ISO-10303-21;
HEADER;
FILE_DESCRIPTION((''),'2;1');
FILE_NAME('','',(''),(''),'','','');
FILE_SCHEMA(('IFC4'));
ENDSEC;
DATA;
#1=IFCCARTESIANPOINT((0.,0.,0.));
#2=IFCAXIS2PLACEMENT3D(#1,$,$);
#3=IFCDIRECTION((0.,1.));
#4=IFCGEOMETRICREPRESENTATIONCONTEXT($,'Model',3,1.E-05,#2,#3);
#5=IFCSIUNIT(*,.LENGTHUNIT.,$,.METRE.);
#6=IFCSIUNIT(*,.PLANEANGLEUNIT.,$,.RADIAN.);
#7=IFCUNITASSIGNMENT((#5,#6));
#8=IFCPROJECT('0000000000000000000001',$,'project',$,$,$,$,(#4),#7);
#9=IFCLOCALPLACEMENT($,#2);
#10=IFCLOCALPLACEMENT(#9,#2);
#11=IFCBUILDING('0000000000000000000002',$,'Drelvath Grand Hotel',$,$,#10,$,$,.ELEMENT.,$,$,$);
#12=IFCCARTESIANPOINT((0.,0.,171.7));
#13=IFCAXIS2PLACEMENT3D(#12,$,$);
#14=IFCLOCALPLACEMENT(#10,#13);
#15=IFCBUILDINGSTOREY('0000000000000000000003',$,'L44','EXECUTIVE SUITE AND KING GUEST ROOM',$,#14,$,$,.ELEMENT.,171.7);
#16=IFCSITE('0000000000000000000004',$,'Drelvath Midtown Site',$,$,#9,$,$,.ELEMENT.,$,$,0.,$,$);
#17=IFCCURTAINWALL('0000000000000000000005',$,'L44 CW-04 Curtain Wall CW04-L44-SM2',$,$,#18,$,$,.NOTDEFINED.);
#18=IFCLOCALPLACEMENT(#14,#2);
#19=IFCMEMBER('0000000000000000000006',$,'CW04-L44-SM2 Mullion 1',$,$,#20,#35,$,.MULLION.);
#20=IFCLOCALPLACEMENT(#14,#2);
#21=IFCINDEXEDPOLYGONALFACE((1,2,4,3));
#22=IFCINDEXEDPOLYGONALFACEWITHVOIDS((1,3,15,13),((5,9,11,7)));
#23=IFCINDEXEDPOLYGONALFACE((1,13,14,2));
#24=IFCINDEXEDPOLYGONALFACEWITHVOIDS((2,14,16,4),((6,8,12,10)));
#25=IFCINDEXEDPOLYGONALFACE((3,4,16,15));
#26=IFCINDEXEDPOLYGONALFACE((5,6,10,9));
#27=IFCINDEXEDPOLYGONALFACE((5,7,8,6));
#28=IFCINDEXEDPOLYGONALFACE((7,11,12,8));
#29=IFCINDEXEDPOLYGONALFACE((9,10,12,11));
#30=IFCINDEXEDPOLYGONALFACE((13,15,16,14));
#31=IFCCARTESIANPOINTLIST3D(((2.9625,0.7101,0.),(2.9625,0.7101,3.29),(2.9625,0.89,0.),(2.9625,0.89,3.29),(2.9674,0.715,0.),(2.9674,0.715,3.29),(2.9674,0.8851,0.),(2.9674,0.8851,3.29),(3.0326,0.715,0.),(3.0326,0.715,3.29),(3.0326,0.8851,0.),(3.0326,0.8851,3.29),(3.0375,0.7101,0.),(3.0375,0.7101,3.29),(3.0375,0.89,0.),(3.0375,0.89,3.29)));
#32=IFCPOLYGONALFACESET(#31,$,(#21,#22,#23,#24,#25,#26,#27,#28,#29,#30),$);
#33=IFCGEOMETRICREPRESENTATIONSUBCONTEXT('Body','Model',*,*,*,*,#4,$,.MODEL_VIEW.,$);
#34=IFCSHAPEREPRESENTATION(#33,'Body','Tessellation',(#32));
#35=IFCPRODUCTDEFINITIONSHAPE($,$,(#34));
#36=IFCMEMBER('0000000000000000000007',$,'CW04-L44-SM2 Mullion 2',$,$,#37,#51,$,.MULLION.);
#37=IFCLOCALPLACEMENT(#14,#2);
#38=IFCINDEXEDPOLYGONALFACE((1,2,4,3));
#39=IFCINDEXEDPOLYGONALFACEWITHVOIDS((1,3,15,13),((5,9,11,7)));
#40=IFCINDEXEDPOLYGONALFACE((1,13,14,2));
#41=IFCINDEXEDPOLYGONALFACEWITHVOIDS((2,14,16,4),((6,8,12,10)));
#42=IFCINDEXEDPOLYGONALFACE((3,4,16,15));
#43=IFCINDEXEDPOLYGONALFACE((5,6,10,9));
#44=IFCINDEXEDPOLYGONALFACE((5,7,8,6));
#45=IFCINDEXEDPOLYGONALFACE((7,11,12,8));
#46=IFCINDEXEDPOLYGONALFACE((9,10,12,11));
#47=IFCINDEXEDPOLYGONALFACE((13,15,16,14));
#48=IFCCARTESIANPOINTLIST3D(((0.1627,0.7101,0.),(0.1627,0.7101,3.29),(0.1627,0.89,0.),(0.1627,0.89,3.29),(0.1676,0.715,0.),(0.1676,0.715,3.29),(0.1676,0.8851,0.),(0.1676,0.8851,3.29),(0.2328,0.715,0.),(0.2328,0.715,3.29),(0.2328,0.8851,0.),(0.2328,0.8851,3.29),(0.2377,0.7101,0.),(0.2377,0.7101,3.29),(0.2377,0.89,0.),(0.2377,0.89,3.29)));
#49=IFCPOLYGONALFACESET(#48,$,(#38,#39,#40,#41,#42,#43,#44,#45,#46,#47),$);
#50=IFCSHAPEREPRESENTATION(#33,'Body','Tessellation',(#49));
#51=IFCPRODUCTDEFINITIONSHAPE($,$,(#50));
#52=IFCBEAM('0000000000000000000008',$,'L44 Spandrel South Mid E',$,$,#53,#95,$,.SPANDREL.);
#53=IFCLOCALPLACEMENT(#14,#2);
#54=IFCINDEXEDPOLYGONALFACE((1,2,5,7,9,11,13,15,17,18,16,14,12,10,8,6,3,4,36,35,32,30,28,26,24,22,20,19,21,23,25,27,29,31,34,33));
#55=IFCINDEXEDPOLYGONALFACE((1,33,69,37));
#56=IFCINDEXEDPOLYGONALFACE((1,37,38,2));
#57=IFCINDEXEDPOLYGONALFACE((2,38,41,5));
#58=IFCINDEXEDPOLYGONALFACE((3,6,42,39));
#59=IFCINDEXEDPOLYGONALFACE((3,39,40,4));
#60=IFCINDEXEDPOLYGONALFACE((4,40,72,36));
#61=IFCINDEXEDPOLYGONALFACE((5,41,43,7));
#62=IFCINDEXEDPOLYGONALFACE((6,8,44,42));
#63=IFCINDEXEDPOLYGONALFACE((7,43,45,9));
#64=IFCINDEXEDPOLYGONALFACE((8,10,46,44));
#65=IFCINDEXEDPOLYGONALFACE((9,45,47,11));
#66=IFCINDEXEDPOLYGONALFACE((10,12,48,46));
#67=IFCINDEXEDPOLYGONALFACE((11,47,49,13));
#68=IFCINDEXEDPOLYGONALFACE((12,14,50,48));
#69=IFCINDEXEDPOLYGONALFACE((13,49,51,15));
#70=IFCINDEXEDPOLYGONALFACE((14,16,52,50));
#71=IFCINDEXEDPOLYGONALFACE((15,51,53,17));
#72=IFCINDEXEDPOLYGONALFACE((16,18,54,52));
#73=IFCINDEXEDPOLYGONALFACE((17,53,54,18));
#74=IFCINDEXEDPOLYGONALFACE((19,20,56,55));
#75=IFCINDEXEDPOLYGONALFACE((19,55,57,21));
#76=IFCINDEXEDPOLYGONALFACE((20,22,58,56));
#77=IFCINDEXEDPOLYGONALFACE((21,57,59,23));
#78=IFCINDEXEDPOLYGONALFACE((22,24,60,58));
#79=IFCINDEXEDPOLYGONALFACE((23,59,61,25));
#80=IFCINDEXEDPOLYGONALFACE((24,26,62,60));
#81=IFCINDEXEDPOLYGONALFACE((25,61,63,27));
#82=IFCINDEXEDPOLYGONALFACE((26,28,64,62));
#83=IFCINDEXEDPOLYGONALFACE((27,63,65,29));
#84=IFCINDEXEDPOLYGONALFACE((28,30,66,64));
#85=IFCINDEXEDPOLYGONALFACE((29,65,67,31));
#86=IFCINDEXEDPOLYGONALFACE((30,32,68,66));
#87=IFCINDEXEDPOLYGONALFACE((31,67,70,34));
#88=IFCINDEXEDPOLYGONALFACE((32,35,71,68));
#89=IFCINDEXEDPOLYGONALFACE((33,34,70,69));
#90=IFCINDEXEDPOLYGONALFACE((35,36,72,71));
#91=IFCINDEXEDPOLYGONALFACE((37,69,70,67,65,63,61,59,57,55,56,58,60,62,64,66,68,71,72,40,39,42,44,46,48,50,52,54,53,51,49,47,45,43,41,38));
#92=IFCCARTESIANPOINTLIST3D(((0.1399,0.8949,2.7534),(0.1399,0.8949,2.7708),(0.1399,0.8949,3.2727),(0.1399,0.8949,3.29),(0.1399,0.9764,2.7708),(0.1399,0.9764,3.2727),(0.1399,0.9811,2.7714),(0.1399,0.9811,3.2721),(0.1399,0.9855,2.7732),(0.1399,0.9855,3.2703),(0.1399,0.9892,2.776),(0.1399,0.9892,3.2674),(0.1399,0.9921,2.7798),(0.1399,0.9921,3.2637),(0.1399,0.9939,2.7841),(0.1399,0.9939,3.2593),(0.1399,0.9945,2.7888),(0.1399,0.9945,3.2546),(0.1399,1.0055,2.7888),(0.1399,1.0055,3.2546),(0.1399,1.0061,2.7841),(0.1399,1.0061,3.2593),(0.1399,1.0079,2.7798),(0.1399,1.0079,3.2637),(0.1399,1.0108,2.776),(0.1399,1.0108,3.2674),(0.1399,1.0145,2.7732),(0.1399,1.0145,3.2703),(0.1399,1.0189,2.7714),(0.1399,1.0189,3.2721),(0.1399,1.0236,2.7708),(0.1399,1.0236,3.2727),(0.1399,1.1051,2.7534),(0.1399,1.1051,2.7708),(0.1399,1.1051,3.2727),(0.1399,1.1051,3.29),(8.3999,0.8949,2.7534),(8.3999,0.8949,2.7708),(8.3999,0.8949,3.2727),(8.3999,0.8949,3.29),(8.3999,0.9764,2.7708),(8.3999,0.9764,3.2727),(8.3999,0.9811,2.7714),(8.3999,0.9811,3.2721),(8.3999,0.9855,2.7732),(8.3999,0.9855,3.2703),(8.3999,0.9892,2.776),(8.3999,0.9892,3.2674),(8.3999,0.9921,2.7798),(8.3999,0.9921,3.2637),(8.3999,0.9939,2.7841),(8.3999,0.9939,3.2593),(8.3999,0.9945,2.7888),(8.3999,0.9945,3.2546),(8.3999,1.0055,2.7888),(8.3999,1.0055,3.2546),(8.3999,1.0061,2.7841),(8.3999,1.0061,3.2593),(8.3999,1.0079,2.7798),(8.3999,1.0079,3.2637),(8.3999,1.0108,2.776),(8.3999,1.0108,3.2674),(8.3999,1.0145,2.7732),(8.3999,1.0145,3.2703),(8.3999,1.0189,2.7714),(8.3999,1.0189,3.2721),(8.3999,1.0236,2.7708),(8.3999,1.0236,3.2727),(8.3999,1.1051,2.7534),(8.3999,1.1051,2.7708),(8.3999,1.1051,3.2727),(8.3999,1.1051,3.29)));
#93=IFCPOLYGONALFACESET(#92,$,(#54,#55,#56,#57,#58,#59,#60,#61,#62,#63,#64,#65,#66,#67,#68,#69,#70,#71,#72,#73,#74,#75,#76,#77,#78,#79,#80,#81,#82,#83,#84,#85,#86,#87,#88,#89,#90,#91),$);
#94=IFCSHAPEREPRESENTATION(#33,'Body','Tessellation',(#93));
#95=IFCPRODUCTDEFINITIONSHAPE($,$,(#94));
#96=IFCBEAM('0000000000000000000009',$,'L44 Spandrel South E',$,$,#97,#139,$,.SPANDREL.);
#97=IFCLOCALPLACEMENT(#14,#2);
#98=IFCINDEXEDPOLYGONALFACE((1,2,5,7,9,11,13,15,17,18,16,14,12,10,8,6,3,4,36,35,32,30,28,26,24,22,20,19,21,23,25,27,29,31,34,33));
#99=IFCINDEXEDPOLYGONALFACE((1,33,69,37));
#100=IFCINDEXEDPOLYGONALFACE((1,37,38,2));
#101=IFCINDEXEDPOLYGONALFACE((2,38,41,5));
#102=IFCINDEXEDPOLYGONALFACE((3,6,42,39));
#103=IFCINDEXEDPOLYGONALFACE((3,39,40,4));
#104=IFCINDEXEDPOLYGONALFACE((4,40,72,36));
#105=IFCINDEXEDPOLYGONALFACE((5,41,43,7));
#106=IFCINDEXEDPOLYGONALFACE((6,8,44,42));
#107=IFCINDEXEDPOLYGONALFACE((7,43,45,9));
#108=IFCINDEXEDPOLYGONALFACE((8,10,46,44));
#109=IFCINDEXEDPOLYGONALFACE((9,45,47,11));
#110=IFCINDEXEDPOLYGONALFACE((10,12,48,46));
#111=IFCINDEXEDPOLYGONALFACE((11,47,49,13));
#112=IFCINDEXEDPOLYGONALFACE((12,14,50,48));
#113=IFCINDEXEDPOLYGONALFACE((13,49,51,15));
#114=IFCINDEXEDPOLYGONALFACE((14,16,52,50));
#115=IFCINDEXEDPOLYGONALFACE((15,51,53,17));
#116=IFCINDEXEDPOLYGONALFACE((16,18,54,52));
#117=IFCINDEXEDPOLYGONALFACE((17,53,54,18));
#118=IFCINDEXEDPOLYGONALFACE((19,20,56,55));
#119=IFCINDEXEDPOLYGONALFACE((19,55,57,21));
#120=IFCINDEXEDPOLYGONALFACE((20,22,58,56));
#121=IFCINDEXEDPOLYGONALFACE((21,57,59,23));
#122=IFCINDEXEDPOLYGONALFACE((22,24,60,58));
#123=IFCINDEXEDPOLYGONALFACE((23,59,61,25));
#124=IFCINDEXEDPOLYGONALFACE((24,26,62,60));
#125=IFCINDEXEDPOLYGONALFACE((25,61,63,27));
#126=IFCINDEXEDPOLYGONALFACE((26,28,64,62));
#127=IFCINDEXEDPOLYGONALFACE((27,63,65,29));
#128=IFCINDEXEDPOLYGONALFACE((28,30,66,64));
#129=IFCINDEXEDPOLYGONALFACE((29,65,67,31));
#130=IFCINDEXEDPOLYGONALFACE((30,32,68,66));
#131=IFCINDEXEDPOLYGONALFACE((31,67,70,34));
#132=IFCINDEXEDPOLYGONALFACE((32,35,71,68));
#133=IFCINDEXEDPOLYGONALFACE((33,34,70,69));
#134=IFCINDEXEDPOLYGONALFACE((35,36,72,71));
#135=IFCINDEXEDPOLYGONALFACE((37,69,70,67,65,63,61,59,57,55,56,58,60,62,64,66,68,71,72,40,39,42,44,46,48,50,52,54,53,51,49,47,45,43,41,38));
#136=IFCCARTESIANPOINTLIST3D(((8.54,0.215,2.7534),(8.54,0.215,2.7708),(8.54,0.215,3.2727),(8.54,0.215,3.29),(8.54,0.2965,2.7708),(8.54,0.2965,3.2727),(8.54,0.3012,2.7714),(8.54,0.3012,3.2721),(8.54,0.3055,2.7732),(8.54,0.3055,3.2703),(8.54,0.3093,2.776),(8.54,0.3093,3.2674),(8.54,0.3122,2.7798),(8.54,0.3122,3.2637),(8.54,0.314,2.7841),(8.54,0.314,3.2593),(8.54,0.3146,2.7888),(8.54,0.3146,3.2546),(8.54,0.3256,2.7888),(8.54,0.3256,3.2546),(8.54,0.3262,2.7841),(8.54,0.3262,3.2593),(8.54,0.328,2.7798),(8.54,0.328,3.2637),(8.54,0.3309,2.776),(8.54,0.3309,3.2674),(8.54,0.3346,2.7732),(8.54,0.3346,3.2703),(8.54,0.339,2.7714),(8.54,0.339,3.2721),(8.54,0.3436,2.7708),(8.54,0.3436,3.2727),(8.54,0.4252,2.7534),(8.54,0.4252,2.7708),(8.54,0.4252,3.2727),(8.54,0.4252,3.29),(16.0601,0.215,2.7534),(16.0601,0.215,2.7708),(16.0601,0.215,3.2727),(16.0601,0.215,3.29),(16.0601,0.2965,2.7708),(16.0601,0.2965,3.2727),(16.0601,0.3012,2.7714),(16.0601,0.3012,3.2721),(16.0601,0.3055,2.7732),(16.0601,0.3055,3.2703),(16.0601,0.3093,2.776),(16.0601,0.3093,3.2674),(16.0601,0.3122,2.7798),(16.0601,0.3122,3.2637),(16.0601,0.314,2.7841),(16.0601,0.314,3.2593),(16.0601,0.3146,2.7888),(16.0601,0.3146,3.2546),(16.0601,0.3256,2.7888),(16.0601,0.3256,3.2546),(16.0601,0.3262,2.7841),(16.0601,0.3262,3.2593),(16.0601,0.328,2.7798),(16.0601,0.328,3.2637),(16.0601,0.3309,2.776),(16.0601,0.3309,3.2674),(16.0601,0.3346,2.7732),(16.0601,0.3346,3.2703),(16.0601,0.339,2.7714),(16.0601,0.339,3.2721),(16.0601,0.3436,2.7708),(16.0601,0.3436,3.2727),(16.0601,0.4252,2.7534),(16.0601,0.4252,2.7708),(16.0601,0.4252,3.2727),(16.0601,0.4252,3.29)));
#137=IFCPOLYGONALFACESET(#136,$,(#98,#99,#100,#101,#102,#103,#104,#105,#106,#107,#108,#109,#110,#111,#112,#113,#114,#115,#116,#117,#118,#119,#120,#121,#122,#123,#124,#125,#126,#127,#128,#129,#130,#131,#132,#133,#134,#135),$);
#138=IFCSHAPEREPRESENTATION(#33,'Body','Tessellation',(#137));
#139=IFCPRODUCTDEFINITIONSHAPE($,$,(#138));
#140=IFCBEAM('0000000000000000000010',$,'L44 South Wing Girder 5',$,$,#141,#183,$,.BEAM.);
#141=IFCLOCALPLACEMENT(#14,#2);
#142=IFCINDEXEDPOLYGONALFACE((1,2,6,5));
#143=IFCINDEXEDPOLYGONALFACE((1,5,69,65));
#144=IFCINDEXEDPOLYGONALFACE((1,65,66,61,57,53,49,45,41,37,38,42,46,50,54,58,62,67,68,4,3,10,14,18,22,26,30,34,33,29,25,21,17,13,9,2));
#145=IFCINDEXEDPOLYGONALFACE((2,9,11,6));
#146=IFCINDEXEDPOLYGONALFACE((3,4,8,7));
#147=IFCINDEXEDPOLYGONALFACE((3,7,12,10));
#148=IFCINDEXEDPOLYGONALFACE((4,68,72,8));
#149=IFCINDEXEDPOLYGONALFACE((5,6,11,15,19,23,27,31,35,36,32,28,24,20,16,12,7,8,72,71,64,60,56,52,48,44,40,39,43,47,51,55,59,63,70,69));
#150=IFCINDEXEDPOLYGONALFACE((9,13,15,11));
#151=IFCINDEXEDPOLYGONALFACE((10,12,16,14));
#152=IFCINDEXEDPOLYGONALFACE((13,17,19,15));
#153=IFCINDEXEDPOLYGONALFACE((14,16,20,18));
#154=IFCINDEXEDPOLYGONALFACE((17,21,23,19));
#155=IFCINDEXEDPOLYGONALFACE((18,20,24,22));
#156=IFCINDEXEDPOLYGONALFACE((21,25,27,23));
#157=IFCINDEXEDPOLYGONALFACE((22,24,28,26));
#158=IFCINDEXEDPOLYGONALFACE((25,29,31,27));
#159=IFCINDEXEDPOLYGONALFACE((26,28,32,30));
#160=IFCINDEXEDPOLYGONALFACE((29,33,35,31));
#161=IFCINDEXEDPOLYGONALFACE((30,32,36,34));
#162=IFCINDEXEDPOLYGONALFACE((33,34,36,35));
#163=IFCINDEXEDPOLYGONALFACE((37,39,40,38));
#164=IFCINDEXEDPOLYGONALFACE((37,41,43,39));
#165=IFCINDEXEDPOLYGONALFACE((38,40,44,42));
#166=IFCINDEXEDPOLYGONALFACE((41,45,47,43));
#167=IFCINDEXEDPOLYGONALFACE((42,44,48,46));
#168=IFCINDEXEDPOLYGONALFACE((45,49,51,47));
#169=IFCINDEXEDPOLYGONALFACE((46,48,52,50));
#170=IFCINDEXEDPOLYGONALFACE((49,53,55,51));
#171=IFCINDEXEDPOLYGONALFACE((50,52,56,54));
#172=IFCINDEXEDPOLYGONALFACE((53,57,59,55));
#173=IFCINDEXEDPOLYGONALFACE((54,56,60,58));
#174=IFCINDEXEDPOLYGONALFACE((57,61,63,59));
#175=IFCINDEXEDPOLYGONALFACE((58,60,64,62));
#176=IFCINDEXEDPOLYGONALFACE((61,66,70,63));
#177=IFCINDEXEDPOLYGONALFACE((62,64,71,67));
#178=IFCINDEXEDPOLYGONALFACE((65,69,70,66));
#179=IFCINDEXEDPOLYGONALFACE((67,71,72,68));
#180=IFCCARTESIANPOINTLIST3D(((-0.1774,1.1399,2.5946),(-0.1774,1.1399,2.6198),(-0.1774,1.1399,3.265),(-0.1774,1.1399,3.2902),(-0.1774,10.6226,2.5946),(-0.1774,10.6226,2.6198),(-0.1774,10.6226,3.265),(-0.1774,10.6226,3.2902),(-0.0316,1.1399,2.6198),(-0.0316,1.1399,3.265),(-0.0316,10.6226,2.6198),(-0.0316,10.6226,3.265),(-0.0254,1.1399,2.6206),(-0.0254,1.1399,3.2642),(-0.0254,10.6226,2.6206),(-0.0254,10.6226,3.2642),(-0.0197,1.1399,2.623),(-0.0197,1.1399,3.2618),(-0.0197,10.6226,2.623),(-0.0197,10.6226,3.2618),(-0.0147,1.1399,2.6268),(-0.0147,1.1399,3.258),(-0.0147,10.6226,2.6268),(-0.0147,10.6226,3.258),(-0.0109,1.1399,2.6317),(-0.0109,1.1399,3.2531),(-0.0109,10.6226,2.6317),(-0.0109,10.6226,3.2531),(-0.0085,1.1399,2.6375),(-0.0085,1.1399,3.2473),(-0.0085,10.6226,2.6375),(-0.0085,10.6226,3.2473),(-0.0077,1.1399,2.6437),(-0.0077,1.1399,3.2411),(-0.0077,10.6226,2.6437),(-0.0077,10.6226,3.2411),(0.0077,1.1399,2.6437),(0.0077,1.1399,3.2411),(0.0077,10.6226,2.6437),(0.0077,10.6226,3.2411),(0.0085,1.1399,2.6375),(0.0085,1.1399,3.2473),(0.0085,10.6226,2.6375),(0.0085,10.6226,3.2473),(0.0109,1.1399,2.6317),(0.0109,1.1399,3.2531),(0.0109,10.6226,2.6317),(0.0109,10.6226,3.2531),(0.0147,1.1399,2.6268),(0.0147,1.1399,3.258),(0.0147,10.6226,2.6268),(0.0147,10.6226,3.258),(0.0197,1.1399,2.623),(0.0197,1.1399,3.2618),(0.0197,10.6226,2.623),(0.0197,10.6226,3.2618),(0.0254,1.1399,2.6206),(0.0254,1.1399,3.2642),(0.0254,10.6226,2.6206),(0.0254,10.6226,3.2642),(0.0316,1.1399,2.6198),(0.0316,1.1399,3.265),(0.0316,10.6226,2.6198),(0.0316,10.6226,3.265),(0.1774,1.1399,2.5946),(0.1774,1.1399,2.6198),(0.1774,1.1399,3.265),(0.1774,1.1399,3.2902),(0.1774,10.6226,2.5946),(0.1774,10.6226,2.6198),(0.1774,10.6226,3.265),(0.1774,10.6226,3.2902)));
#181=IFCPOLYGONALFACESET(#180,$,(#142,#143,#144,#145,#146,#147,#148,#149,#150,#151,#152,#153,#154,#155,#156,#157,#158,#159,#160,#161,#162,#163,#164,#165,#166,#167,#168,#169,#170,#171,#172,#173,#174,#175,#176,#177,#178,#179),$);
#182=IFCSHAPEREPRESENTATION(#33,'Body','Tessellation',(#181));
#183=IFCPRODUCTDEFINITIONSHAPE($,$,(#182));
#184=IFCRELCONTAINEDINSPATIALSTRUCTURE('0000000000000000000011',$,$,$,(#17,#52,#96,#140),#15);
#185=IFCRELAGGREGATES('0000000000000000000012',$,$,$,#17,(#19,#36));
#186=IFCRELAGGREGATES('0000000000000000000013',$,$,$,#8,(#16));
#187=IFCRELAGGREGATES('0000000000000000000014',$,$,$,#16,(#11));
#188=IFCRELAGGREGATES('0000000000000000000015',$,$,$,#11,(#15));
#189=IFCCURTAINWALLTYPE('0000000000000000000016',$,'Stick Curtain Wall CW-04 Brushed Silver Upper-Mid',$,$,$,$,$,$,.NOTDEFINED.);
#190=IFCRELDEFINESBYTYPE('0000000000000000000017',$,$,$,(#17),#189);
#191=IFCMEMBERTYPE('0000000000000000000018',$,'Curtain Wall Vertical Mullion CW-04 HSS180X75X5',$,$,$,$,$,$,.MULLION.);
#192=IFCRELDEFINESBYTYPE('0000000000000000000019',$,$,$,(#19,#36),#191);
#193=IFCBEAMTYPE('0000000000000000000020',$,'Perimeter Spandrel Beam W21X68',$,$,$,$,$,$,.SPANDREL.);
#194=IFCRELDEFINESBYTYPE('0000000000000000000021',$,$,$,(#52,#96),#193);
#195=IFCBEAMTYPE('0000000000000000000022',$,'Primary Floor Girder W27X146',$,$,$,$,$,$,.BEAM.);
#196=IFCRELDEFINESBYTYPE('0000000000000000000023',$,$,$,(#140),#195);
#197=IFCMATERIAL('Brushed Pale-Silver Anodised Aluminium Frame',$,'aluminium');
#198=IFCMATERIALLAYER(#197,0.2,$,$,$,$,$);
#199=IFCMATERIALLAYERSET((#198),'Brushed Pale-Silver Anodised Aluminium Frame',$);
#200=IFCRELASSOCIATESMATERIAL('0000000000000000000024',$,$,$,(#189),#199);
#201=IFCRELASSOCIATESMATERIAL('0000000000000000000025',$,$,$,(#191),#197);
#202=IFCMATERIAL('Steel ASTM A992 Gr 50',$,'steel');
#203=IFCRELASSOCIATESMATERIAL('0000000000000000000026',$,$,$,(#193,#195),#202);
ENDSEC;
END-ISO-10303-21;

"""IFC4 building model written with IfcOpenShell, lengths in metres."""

from ifc_helpers import new_model, si_unit, direction, frame, origin, origin_2d, place, context, subcontext, project, spatial, hollow_rectangle, i_section, extrude, material, layer, layer_set, material_profile, profile_set, type_object, element, aggregate, save


model = new_model("IFC4")

# Units and contexts
model_context = context("Model", 3, precision=1e-05, world=origin(), true_north=direction((0.0, 1.0)))
body_context = subcontext(model_context, "Body", "Model", "MODEL_VIEW")
ifc_project = project(units=[si_unit("LENGTHUNIT", "METRE"), si_unit("PLANEANGLEUNIT", "RADIAN")], contexts=[model_context])

# Site, building, storey
site_placement = place(None, origin())
site = spatial("IfcSite", under=ifc_project, at=site_placement, Name="Drelvath Midtown Site", CompositionType="ELEMENT", RefElevation=0.0)
building_placement = place(site_placement, origin())
building = spatial("IfcBuilding", under=site, at=building_placement, Name="Drelvath Grand Hotel", CompositionType="ELEMENT")
storey_placement = place(building_placement, frame((0.0, 0.0, 171.7)))
storey = spatial("IfcBuildingStorey", under=building, at=storey_placement, Name="L44", Description="EXECUTIVE SUITE AND KING GUEST ROOM", CompositionType="ELEMENT", Elevation=171.7)

# Curtain wall
ifc_material_1 = material(Name="Brushed Pale-Silver Anodised Aluminium Frame", Category="aluminium")
ifc_layer_1 = layer(ifc_material_1, 0.2)
ifc_layer_set_1 = layer_set([ifc_layer_1], Name="Brushed Pale-Silver Anodised Aluminium Frame")
curtain_wall_type = type_object("IfcCurtainWallType", Name="Stick Curtain Wall CW-04 Brushed Silver Upper-Mid", PredefinedType="NOTDEFINED", material=ifc_layer_set_1)
curtain_wall_1_placement = place(storey_placement, origin())
curtain_wall_1 = element("IfcCurtainWall", 1, at=curtain_wall_1_placement, inside=storey, type_object=curtain_wall_type, Name="L44 CW-04 Curtain Wall CW04-L44-SM2", PredefinedType="NOTDEFINED")

# Shared definitions
ifc_material_profile_1 = material_profile(ifc_material_1, hollow_rectangle(XDim=0.075, YDim=0.1799, WallThickness=0.0049, at=origin_2d()), Name="HSS180X75X5")
ifc_profile_set_1 = profile_set([ifc_material_profile_1], Name="Brushed Pale-Silver Anodised Aluminium Frame")
member_type_1 = type_object("IfcMemberType", Name="Curtain Wall Vertical Mullion CW-04 HSS180X75X5", PredefinedType="MULLION", material=ifc_profile_set_1)

# Members
member_1_placement = place(storey_placement, frame((3.0, 0.8, 0.0), z_axis=(0.0, 0.0, 1.0), x_axis=(1.0, 0.0, 0.0)))
member_1 = element("IfcMember", 2, at=member_1_placement, type_object=member_type_1, Name="CW04-L44-SM2 Mullion 1", PredefinedType="MULLION", context=body_context, shape_type="SweptSolid", body=[
    extrude(hollow_rectangle(XDim=0.075, YDim=0.1799, WallThickness=0.0049, at=origin_2d()), origin(), (0.0, 0.0, 1.0), 3.29),
])
member_2_placement = place(storey_placement, frame((0.2002, 0.8, 0.0), z_axis=(0.0, 0.0, 1.0), x_axis=(1.0, 0.0, 0.0)))
member_2 = element("IfcMember", 3, at=member_2_placement, type_object=member_type_1, Name="CW04-L44-SM2 Mullion 2", PredefinedType="MULLION", context=body_context, shape_type="SweptSolid", body=[
    extrude(hollow_rectangle(XDim=0.075, YDim=0.1799, WallThickness=0.0049, at=origin_2d()), origin(), (0.0, 0.0, 1.0), 3.29),
])

# Beams
ifc_material_2 = material(Name="Steel ASTM A992 Gr 50", Category="steel")
ifc_material_profile_2 = material_profile(ifc_material_2, i_section(OverallWidth=0.2102, OverallDepth=0.5366, WebThickness=0.011, FlangeThickness=0.0173, FilletRadius=0.0181, at=origin_2d()), Name="W21X68")
ifc_profile_set_2 = profile_set([ifc_material_profile_2], Name="Steel ASTM A992 Gr 50")
beam_type_1 = type_object("IfcBeamType", Name="Perimeter Spandrel Beam W21X68", PredefinedType="SPANDREL", material=ifc_profile_set_2)
beam_1_placement = place(storey_placement, frame((0.1399, 1.0, 3.0217), z_axis=(1.0, 0.0, 0.0), x_axis=(0.0, 1.0, 0.0)))
element("IfcBeam", 4, at=beam_1_placement, inside=storey, type_object=beam_type_1, Name="L44 Spandrel South Mid E", PredefinedType="SPANDREL", context=body_context, shape_type="SweptSolid", body=[
    extrude(i_section(OverallWidth=0.2102, OverallDepth=0.5366, WebThickness=0.011, FlangeThickness=0.0173, FilletRadius=0.0181, at=origin_2d()), origin(), (0.0, 0.0, 1.0), 8.26),
])
beam_2_placement = place(storey_placement, frame((8.54, 0.3201, 3.0217), z_axis=(1.0, 0.0, 0.0), x_axis=(0.0, 1.0, 0.0)))
element("IfcBeam", 5, at=beam_2_placement, inside=storey, type_object=beam_type_1, Name="L44 Spandrel South E", PredefinedType="SPANDREL", context=body_context, shape_type="SweptSolid", body=[
    extrude(i_section(OverallWidth=0.2102, OverallDepth=0.5366, WebThickness=0.011, FlangeThickness=0.0173, FilletRadius=0.0181, at=origin_2d()), origin(), (0.0, 0.0, 1.0), 7.52),
])
ifc_material_profile_3 = material_profile(ifc_material_2, i_section(OverallWidth=0.3547, OverallDepth=0.6956, WebThickness=0.0154, FlangeThickness=0.0251, FilletRadius=0.0239, at=origin_2d()), Name="W27X146")
ifc_profile_set_3 = profile_set([ifc_material_profile_3], Name="Steel ASTM A992 Gr 50")
beam_type_2 = type_object("IfcBeamType", Name="Primary Floor Girder W27X146", PredefinedType="BEAM", material=ifc_profile_set_3)
beam_3_placement = place(storey_placement, frame((0.0, 1.1399, 2.9424), z_axis=(0.0, 1.0, 0.0), x_axis=(-1.0, 0.0, 0.0)))
element("IfcBeam", 6, at=beam_3_placement, inside=storey, type_object=beam_type_2, Name="L44 South Wing Girder 5", PredefinedType="BEAM", context=body_context, shape_type="SweptSolid", body=[
    extrude(i_section(OverallWidth=0.3547, OverallDepth=0.6956, WebThickness=0.0154, FlangeThickness=0.0251, FilletRadius=0.0239, at=origin_2d()), origin(), (0.0, 0.0, 1.0), 9.4827),
])

aggregate(curtain_wall_1, [member_1, member_2])

save(model, "model.ifc")
